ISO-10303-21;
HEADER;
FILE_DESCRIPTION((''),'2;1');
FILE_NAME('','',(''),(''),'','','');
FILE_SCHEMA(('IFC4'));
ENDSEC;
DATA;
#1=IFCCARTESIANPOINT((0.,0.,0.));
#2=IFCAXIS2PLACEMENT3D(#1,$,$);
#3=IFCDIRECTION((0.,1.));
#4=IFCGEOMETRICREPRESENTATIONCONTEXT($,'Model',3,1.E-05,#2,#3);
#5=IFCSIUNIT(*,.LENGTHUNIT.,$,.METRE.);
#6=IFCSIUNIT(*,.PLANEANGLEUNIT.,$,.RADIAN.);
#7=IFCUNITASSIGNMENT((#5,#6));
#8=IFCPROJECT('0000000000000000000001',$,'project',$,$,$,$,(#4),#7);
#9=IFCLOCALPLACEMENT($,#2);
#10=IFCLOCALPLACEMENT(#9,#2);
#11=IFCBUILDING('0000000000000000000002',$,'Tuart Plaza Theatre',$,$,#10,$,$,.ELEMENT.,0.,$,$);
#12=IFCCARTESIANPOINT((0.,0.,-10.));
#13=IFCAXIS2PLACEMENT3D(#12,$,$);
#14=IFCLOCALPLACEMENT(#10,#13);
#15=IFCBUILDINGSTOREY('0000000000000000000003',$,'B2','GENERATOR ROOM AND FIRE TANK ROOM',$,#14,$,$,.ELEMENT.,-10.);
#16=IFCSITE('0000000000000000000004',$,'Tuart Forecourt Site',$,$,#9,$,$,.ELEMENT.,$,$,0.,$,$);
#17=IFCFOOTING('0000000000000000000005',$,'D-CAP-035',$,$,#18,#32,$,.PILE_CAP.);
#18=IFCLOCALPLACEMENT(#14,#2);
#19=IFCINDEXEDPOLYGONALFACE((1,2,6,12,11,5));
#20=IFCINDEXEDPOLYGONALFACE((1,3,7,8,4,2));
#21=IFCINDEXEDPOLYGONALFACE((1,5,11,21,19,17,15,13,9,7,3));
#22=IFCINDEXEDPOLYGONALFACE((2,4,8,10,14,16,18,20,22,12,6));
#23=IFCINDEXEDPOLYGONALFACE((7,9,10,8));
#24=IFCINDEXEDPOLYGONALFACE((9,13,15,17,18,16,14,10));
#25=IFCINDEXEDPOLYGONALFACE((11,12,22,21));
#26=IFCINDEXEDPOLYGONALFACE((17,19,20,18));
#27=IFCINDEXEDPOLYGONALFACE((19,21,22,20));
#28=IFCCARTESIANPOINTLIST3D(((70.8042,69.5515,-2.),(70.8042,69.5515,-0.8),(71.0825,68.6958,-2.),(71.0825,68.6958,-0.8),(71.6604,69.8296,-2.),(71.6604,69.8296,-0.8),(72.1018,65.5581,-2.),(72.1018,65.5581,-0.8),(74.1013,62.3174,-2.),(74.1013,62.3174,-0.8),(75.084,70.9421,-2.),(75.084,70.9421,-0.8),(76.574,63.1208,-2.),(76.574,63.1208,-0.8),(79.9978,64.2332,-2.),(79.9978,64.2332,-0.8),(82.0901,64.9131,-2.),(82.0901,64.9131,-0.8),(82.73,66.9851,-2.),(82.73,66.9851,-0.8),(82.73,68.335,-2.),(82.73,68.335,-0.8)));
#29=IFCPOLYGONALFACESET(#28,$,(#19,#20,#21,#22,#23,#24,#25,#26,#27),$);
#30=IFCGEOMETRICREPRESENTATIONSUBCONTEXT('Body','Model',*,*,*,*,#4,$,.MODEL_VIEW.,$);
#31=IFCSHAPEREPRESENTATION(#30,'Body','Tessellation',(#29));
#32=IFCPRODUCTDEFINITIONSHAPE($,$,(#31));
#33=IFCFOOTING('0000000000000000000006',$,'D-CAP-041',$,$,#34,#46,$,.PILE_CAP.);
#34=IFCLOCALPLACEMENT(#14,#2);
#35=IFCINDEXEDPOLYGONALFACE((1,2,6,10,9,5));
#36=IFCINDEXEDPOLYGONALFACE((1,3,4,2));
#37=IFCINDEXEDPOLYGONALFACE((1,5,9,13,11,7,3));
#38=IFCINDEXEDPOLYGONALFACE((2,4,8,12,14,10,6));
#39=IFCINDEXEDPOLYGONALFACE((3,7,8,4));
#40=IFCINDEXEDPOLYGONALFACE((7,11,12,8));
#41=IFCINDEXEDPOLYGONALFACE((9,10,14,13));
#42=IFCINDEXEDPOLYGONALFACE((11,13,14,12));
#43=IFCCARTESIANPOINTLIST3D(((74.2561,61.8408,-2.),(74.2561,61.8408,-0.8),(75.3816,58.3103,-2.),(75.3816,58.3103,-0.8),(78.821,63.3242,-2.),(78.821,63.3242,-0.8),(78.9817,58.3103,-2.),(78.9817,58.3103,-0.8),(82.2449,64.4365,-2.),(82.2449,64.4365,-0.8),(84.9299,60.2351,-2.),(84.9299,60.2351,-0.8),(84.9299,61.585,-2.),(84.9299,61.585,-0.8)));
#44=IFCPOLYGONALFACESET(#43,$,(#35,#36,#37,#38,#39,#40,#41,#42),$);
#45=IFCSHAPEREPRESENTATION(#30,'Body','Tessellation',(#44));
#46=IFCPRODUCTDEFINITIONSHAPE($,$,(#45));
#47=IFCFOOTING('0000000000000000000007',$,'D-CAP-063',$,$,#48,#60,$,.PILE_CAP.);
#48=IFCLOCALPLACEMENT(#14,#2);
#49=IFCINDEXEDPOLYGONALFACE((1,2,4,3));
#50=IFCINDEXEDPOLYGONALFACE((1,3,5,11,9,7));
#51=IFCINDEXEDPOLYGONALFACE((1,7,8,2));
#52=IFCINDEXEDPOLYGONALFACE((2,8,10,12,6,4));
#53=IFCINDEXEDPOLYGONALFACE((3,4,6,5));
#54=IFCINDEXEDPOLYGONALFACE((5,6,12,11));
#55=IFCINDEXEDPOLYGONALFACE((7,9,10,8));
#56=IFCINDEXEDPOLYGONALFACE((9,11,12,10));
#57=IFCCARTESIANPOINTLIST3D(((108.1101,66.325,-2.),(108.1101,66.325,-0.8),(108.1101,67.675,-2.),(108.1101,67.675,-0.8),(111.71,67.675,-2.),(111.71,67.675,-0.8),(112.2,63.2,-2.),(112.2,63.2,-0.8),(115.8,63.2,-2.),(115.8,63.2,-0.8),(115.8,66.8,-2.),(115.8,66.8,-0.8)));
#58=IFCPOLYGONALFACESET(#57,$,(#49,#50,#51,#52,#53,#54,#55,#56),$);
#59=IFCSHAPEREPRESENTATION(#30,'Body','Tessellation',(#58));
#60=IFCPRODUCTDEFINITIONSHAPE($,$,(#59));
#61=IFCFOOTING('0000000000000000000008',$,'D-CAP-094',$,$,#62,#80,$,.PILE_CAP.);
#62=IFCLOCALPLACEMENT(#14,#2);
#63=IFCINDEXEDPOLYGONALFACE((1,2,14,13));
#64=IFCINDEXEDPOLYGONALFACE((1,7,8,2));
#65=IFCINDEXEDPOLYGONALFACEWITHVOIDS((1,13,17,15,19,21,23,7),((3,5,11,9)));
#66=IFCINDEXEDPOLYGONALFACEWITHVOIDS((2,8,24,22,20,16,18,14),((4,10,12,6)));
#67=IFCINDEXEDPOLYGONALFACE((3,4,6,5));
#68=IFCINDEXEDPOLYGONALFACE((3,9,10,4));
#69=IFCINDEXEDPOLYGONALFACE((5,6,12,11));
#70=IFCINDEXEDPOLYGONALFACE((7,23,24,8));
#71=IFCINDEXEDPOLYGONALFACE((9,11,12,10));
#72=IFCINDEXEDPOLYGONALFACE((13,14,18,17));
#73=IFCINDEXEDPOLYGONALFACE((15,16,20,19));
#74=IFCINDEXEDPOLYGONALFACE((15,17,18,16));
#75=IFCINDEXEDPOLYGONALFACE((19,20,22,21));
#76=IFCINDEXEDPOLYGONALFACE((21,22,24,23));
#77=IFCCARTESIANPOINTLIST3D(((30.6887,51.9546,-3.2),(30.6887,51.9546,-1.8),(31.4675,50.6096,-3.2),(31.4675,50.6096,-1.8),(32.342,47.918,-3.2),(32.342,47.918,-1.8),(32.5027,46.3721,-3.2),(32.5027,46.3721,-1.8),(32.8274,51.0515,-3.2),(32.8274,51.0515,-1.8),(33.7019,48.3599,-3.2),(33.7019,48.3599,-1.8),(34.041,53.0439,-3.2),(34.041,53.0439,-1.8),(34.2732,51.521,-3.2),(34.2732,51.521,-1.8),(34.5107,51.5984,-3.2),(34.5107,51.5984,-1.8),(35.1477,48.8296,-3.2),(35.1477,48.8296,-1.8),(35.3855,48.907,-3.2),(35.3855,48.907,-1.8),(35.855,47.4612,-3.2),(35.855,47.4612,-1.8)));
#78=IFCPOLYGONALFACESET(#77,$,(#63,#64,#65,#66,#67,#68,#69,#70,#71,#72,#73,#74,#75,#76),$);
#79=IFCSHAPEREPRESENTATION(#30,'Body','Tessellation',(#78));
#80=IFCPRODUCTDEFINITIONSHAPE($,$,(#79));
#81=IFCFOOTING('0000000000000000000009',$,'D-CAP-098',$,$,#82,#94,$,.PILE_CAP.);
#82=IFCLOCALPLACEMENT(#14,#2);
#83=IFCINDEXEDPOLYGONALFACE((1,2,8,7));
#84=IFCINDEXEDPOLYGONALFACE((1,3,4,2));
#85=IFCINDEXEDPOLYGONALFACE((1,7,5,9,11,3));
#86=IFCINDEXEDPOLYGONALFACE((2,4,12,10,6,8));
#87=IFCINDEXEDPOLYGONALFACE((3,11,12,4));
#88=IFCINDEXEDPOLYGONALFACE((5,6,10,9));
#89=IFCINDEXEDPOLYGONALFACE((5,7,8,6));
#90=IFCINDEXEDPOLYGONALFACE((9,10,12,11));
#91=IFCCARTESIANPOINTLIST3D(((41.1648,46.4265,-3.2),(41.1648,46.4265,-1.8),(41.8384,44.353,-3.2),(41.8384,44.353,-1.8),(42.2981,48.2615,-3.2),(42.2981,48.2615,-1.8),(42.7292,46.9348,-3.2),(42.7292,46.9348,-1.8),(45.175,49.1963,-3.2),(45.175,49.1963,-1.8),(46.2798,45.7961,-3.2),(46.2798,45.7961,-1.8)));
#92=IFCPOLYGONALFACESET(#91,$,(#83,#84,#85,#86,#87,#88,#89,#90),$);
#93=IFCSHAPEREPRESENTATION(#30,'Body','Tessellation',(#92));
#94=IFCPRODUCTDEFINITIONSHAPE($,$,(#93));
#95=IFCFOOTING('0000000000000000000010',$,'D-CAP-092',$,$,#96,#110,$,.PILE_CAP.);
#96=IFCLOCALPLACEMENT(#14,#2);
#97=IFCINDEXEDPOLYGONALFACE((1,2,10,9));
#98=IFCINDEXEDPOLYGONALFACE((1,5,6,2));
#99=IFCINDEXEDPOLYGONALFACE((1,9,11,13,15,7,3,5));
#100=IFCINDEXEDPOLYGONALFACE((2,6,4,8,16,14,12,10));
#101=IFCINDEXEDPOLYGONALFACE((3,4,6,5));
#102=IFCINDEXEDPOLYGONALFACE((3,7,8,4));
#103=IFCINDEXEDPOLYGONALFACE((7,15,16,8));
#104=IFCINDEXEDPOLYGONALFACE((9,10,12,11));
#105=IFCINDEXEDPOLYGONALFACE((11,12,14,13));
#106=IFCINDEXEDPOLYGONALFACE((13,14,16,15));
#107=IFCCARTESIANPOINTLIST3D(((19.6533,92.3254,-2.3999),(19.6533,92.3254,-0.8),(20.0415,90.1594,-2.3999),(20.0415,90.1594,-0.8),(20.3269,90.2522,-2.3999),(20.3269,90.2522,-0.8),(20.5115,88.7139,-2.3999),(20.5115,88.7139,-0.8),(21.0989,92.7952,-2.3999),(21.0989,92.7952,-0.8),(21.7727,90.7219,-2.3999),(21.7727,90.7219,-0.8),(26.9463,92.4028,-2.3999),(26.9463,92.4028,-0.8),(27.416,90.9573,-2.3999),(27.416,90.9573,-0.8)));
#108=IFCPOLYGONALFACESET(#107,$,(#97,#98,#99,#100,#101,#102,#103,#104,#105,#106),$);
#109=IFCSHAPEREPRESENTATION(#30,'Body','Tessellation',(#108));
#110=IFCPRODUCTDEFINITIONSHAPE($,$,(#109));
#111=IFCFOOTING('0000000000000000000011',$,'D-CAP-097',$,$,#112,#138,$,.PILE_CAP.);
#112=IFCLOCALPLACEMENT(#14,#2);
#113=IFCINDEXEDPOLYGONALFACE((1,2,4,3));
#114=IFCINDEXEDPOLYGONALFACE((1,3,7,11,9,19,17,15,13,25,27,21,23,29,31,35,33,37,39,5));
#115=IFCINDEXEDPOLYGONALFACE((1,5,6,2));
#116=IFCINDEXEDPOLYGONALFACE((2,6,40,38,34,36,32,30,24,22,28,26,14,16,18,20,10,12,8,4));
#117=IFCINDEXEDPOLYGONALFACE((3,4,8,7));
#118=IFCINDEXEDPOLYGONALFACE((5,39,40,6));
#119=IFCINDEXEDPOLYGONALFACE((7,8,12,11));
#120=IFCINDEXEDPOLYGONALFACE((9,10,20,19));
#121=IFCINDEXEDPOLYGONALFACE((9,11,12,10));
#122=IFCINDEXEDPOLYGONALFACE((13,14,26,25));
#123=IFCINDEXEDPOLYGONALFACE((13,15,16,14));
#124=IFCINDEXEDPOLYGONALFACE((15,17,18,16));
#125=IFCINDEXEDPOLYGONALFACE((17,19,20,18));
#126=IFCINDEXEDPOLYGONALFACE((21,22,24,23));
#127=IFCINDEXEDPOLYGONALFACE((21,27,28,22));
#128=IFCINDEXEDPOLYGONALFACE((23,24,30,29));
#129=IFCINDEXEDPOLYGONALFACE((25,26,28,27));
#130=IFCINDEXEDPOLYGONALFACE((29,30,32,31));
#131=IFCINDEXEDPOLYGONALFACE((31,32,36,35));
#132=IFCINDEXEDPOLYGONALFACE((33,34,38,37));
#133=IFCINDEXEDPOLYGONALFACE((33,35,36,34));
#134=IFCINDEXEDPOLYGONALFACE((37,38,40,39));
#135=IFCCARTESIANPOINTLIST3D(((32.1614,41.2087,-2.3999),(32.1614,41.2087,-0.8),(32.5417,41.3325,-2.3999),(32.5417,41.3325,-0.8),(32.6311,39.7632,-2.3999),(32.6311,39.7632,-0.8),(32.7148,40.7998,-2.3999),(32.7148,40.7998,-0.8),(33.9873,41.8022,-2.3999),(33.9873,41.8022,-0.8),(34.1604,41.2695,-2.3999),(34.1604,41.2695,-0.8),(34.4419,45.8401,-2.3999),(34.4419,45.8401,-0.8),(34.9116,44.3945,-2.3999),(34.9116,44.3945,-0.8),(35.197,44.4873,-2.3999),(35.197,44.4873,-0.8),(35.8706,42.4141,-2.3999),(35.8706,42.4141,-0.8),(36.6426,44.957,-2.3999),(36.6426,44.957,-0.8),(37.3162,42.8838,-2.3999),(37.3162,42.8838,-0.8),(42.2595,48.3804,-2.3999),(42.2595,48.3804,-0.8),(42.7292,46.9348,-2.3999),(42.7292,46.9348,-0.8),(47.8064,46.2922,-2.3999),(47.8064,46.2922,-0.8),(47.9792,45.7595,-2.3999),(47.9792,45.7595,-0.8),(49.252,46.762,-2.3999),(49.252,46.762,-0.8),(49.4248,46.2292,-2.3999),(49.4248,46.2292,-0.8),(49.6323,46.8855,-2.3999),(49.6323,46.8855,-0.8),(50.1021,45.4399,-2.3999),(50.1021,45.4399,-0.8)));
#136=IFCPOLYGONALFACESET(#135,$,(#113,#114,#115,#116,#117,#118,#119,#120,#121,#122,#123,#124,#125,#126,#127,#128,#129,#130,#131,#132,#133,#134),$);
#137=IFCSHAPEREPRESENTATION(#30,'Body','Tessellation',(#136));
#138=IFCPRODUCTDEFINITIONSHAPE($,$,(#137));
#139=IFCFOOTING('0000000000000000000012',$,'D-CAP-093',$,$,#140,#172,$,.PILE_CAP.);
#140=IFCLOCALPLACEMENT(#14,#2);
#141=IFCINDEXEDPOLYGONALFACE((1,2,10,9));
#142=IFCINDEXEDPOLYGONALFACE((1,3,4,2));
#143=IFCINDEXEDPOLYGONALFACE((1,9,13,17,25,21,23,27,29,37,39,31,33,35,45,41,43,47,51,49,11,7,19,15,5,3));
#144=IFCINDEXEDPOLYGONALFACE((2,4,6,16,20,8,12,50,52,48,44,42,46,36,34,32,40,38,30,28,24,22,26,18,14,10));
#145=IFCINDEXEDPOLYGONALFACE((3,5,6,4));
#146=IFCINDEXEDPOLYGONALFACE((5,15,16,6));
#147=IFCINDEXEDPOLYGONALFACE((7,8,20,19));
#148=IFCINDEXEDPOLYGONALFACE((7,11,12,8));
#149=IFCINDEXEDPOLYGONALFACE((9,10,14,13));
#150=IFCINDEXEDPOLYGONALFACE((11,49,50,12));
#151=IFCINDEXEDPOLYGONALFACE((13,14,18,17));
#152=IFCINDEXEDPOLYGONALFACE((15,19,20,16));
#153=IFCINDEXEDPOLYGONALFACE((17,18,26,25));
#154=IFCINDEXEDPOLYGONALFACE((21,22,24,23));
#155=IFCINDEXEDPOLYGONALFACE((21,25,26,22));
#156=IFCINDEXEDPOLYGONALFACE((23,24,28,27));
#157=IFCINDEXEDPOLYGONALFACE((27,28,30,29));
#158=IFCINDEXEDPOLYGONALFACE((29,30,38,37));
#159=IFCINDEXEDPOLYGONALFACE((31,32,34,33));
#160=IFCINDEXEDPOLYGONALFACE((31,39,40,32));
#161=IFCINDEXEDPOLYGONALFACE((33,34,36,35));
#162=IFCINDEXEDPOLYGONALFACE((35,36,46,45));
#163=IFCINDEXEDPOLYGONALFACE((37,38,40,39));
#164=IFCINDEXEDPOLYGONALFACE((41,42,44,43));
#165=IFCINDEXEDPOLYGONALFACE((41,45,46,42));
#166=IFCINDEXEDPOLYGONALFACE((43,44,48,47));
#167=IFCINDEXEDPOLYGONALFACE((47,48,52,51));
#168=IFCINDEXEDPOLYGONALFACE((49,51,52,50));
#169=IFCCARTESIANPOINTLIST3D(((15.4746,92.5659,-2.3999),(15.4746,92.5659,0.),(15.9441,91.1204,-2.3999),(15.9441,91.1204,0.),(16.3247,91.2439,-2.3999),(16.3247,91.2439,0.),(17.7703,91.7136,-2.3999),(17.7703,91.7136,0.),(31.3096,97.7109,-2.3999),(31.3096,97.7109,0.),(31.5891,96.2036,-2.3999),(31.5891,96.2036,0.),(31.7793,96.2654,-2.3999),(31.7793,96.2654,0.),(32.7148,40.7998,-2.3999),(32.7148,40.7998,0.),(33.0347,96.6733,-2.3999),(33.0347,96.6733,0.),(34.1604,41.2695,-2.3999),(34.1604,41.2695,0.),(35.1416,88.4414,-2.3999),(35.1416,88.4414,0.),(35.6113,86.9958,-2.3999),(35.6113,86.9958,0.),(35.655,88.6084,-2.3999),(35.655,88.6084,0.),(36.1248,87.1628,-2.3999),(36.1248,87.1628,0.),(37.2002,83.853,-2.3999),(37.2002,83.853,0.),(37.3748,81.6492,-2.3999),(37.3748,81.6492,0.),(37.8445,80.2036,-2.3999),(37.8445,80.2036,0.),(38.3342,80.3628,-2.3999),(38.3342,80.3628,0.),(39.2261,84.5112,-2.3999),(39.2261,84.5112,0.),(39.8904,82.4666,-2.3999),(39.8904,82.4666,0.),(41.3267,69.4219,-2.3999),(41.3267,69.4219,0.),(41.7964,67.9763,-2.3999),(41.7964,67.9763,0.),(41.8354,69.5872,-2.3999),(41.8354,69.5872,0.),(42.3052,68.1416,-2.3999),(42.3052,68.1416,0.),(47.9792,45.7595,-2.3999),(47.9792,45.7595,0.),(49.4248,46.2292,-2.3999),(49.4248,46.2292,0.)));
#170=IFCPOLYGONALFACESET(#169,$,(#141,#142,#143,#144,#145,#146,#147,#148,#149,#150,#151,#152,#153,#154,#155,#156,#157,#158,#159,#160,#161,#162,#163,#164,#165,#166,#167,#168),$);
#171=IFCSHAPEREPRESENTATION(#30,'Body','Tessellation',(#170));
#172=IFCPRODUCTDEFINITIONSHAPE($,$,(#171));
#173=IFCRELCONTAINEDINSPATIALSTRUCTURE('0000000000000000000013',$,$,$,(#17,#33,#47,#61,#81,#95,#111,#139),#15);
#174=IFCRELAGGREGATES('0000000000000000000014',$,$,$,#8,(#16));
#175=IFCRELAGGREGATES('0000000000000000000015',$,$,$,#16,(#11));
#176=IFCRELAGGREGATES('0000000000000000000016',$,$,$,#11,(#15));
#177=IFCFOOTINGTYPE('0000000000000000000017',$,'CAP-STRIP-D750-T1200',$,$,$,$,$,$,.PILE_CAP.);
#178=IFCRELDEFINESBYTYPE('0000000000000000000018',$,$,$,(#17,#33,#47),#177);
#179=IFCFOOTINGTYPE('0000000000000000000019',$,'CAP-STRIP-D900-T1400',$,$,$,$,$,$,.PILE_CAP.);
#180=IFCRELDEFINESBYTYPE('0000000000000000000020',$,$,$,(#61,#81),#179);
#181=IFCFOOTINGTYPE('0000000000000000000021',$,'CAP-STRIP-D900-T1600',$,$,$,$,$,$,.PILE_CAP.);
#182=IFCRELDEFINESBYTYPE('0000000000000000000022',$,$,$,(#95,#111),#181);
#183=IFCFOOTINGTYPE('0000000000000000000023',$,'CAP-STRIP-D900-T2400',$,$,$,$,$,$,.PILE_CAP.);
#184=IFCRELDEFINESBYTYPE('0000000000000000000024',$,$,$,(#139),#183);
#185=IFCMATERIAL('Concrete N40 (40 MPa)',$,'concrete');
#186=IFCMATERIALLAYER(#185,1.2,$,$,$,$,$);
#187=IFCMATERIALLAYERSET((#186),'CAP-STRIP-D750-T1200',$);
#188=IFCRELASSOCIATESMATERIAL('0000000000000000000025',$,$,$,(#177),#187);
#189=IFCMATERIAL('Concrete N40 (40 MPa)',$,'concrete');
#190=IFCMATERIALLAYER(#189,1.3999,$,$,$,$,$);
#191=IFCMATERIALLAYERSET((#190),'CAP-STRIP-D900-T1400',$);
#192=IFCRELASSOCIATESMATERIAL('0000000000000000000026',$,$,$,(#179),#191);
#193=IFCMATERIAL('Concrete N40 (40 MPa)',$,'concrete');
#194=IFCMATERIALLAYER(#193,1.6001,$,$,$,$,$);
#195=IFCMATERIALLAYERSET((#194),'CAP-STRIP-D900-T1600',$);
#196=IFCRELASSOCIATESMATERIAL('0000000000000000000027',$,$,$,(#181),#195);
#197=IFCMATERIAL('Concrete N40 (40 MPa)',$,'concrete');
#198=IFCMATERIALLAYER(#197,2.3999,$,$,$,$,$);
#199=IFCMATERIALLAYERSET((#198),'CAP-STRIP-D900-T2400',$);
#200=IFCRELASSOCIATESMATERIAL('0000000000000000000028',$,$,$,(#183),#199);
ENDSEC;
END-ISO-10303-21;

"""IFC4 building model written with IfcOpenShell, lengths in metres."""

from ifc_helpers import new_model, si_unit, direction, frame, origin, place, context, subcontext, project, spatial, polyline, outline, extrude, material, layer, layer_set, type_object, element, save


model = new_model("IFC4")

# Units and contexts
model_context = context("Model", 3, precision=1e-05, world=origin(), true_north=direction((0.0, 1.0)))
body_context = subcontext(model_context, "Body", "Model", "MODEL_VIEW")
ifc_project = project(units=[si_unit("LENGTHUNIT", "METRE"), si_unit("PLANEANGLEUNIT", "RADIAN")], contexts=[model_context])

# Site, building, storey
site_placement = place(None, origin())
site = spatial("IfcSite", under=ifc_project, at=site_placement, Name="Tuart Forecourt Site", CompositionType="ELEMENT", RefElevation=0.0)
building_placement = place(site_placement, origin())
building = spatial("IfcBuilding", under=site, at=building_placement, Name="Tuart Plaza Theatre", CompositionType="ELEMENT", ElevationOfRefHeight=0.0)
storey_placement = place(building_placement, frame((0.0, 0.0, -10.0)))
storey = spatial("IfcBuildingStorey", under=building, at=storey_placement, Name="B2", Description="GENERATOR ROOM AND FIRE TANK ROOM", CompositionType="ELEMENT", Elevation=-10.0)

# Footings
ifc_material_1 = material(Name="Concrete N40 (40 MPa)", Category="concrete")
ifc_layer_1 = layer(ifc_material_1, 1.2)
ifc_layer_set_1 = layer_set([ifc_layer_1], Name="CAP-STRIP-D750-T1200")
footing_type_1 = type_object("IfcFootingType", Name="CAP-STRIP-D750-T1200", PredefinedType="PILE_CAP", material=ifc_layer_set_1)
footing_1_placement = place(storey_placement, frame((0.0, 0.0, -2.0)))
element("IfcFooting", 1, at=footing_1_placement, inside=storey, type_object=footing_type_1, Name="D-CAP-035", PredefinedType="PILE_CAP", context=body_context, shape_type="SweptSolid", body=[
    extrude(outline(polyline([(74.1013, 62.3174), (72.1018, 65.5581), (71.0825, 68.6958), (70.8042, 69.5515), (71.6604, 69.8296), (75.084, 70.9421), (82.73, 68.335), (82.73, 66.9851), (82.0901, 64.9131), (79.9978, 64.2332), (76.574, 63.1208), (74.1013, 62.3174)])), origin(), (0.0, 0.0, 1.0), 1.2),
])
footing_2_placement = place(storey_placement, frame((0.0, 0.0, -2.0)))
element("IfcFooting", 2, at=footing_2_placement, inside=storey, type_object=footing_type_1, Name="D-CAP-041", PredefinedType="PILE_CAP", context=body_context, shape_type="SweptSolid", body=[
    extrude(outline(polyline([(75.3816, 58.3103), (74.2561, 61.8408), (78.821, 63.3242), (82.2449, 64.4365), (84.9299, 61.585), (84.9299, 60.2351), (78.9817, 58.3103), (75.3816, 58.3103)])), origin(), (0.0, 0.0, 1.0), 1.2),
])
footing_3_placement = place(storey_placement, frame((0.0, 0.0, -2.0)))
element("IfcFooting", 3, at=footing_3_placement, inside=storey, type_object=footing_type_1, Name="D-CAP-063", PredefinedType="PILE_CAP", context=body_context, shape_type="SweptSolid", body=[
    extrude(outline(polyline([(112.2, 63.2), (108.1101, 66.325), (108.1101, 67.675), (111.71, 67.675), (115.8, 66.8), (115.8, 63.2), (112.2, 63.2)])), origin(), (0.0, 0.0, 1.0), 1.2),
])
ifc_material_2 = material(Name="Concrete N40 (40 MPa)", Category="concrete")
ifc_layer_2 = layer(ifc_material_2, 1.3999)
ifc_layer_set_2 = layer_set([ifc_layer_2], Name="CAP-STRIP-D900-T1400")
footing_type_2 = type_object("IfcFootingType", Name="CAP-STRIP-D900-T1400", PredefinedType="PILE_CAP", material=ifc_layer_set_2)
footing_4_placement = place(storey_placement, frame((0.0, 0.0, -3.2)))
element("IfcFooting", 4, at=footing_4_placement, inside=storey, type_object=footing_type_2, Name="D-CAP-094", PredefinedType="PILE_CAP", context=body_context, shape_type="SweptSolid", body=[
    extrude(outline(polyline([(30.6887, 51.9546), (32.5027, 46.3721), (35.855, 47.4612), (35.3855, 48.907), (35.1477, 48.8296), (34.2732, 51.521), (34.5107, 51.5984), (34.041, 53.0439), (30.6887, 51.9546)]), holes=[polyline([(32.8274, 51.0515), (31.4675, 50.6096), (32.342, 47.918), (33.7019, 48.3599), (32.8274, 51.0515)])]), origin(), (0.0, 0.0, 1.0), 1.3999),
])
footing_5_placement = place(storey_placement, frame((0.0, 0.0, -3.2)))
element("IfcFooting", 5, at=footing_5_placement, inside=storey, type_object=footing_type_2, Name="D-CAP-098", PredefinedType="PILE_CAP", context=body_context, shape_type="SweptSolid", body=[
    extrude(outline(polyline([(42.2981, 48.2615), (42.7292, 46.9348), (41.1648, 46.4265), (41.8384, 44.353), (46.2798, 45.7961), (45.175, 49.1963), (42.2981, 48.2615)])), origin(), (0.0, 0.0, 1.0), 1.3999),
])
ifc_material_3 = material(Name="Concrete N40 (40 MPa)", Category="concrete")
ifc_layer_3 = layer(ifc_material_3, 1.6001)
ifc_layer_set_3 = layer_set([ifc_layer_3], Name="CAP-STRIP-D900-T1600")
footing_type_3 = type_object("IfcFootingType", Name="CAP-STRIP-D900-T1600", PredefinedType="PILE_CAP", material=ifc_layer_set_3)
footing_6_placement = place(storey_placement, frame((0.0, 0.0, -2.3999)))
element("IfcFooting", 6, at=footing_6_placement, inside=storey, type_object=footing_type_3, Name="D-CAP-092", PredefinedType="PILE_CAP", context=body_context, shape_type="SweptSolid", body=[
    extrude(outline(polyline([(20.0415, 90.1594), (20.5115, 88.7139), (27.416, 90.9573), (26.9463, 92.4028), (21.7727, 90.7219), (21.0989, 92.7952), (19.6533, 92.3254), (20.3269, 90.2522), (20.0415, 90.1594)])), origin(), (0.0, 0.0, 1.0), 1.5999),
])
footing_7_placement = place(storey_placement, frame((0.0, 0.0, -2.3999)))
element("IfcFooting", 7, at=footing_7_placement, inside=storey, type_object=footing_type_3, Name="D-CAP-097", PredefinedType="PILE_CAP", context=body_context, shape_type="SweptSolid", body=[
    extrude(outline(polyline([(34.1604, 41.2695), (32.7148, 40.7998), (32.5417, 41.3325), (32.1614, 41.2087), (32.6311, 39.7632), (50.1021, 45.4399), (49.6323, 46.8855), (49.252, 46.762), (49.4248, 46.2292), (47.9792, 45.7595), (47.8064, 46.2922), (37.3162, 42.8838), (36.6426, 44.957), (42.7292, 46.9348), (42.2595, 48.3804), (34.4419, 45.8401), (34.9116, 44.3945), (35.197, 44.4873), (35.8706, 42.4141), (33.9873, 41.8022), (34.1604, 41.2695)])), origin(), (0.0, 0.0, 1.0), 1.5999),
])
ifc_material_4 = material(Name="Concrete N40 (40 MPa)", Category="concrete")
ifc_layer_4 = layer(ifc_material_4, 2.3999)
ifc_layer_set_4 = layer_set([ifc_layer_4], Name="CAP-STRIP-D900-T2400")
footing_type_4 = type_object("IfcFootingType", Name="CAP-STRIP-D900-T2400", PredefinedType="PILE_CAP", material=ifc_layer_set_4)
footing_8_placement = place(storey_placement, frame((0.0, 0.0, -2.3999)))
element("IfcFooting", 8, at=footing_8_placement, inside=storey, type_object=footing_type_4, Name="D-CAP-093", PredefinedType="PILE_CAP", context=body_context, shape_type="SweptSolid", body=[
    extrude(outline(polyline([(15.9441, 91.1204), (16.3247, 91.2439), (32.7148, 40.7998), (34.1604, 41.2695), (17.7703, 91.7136), (31.5891, 96.2036), (47.9792, 45.7595), (49.4248, 46.2292), (42.3052, 68.1416), (41.7964, 67.9763), (41.3267, 69.4219), (41.8354, 69.5872), (38.3342, 80.3628), (37.8445, 80.2036), (37.3748, 81.6492), (39.8904, 82.4666), (39.2261, 84.5112), (37.2002, 83.853), (36.1248, 87.1628), (35.6113, 86.9958), (35.1416, 88.4414), (35.655, 88.6084), (33.0347, 96.6733), (31.7793, 96.2654), (31.3096, 97.7109), (15.4746, 92.5659), (15.9441, 91.1204)])), origin(), (0.0, 0.0, 1.0), 2.3999),
])

save(model, "model.ifc")
